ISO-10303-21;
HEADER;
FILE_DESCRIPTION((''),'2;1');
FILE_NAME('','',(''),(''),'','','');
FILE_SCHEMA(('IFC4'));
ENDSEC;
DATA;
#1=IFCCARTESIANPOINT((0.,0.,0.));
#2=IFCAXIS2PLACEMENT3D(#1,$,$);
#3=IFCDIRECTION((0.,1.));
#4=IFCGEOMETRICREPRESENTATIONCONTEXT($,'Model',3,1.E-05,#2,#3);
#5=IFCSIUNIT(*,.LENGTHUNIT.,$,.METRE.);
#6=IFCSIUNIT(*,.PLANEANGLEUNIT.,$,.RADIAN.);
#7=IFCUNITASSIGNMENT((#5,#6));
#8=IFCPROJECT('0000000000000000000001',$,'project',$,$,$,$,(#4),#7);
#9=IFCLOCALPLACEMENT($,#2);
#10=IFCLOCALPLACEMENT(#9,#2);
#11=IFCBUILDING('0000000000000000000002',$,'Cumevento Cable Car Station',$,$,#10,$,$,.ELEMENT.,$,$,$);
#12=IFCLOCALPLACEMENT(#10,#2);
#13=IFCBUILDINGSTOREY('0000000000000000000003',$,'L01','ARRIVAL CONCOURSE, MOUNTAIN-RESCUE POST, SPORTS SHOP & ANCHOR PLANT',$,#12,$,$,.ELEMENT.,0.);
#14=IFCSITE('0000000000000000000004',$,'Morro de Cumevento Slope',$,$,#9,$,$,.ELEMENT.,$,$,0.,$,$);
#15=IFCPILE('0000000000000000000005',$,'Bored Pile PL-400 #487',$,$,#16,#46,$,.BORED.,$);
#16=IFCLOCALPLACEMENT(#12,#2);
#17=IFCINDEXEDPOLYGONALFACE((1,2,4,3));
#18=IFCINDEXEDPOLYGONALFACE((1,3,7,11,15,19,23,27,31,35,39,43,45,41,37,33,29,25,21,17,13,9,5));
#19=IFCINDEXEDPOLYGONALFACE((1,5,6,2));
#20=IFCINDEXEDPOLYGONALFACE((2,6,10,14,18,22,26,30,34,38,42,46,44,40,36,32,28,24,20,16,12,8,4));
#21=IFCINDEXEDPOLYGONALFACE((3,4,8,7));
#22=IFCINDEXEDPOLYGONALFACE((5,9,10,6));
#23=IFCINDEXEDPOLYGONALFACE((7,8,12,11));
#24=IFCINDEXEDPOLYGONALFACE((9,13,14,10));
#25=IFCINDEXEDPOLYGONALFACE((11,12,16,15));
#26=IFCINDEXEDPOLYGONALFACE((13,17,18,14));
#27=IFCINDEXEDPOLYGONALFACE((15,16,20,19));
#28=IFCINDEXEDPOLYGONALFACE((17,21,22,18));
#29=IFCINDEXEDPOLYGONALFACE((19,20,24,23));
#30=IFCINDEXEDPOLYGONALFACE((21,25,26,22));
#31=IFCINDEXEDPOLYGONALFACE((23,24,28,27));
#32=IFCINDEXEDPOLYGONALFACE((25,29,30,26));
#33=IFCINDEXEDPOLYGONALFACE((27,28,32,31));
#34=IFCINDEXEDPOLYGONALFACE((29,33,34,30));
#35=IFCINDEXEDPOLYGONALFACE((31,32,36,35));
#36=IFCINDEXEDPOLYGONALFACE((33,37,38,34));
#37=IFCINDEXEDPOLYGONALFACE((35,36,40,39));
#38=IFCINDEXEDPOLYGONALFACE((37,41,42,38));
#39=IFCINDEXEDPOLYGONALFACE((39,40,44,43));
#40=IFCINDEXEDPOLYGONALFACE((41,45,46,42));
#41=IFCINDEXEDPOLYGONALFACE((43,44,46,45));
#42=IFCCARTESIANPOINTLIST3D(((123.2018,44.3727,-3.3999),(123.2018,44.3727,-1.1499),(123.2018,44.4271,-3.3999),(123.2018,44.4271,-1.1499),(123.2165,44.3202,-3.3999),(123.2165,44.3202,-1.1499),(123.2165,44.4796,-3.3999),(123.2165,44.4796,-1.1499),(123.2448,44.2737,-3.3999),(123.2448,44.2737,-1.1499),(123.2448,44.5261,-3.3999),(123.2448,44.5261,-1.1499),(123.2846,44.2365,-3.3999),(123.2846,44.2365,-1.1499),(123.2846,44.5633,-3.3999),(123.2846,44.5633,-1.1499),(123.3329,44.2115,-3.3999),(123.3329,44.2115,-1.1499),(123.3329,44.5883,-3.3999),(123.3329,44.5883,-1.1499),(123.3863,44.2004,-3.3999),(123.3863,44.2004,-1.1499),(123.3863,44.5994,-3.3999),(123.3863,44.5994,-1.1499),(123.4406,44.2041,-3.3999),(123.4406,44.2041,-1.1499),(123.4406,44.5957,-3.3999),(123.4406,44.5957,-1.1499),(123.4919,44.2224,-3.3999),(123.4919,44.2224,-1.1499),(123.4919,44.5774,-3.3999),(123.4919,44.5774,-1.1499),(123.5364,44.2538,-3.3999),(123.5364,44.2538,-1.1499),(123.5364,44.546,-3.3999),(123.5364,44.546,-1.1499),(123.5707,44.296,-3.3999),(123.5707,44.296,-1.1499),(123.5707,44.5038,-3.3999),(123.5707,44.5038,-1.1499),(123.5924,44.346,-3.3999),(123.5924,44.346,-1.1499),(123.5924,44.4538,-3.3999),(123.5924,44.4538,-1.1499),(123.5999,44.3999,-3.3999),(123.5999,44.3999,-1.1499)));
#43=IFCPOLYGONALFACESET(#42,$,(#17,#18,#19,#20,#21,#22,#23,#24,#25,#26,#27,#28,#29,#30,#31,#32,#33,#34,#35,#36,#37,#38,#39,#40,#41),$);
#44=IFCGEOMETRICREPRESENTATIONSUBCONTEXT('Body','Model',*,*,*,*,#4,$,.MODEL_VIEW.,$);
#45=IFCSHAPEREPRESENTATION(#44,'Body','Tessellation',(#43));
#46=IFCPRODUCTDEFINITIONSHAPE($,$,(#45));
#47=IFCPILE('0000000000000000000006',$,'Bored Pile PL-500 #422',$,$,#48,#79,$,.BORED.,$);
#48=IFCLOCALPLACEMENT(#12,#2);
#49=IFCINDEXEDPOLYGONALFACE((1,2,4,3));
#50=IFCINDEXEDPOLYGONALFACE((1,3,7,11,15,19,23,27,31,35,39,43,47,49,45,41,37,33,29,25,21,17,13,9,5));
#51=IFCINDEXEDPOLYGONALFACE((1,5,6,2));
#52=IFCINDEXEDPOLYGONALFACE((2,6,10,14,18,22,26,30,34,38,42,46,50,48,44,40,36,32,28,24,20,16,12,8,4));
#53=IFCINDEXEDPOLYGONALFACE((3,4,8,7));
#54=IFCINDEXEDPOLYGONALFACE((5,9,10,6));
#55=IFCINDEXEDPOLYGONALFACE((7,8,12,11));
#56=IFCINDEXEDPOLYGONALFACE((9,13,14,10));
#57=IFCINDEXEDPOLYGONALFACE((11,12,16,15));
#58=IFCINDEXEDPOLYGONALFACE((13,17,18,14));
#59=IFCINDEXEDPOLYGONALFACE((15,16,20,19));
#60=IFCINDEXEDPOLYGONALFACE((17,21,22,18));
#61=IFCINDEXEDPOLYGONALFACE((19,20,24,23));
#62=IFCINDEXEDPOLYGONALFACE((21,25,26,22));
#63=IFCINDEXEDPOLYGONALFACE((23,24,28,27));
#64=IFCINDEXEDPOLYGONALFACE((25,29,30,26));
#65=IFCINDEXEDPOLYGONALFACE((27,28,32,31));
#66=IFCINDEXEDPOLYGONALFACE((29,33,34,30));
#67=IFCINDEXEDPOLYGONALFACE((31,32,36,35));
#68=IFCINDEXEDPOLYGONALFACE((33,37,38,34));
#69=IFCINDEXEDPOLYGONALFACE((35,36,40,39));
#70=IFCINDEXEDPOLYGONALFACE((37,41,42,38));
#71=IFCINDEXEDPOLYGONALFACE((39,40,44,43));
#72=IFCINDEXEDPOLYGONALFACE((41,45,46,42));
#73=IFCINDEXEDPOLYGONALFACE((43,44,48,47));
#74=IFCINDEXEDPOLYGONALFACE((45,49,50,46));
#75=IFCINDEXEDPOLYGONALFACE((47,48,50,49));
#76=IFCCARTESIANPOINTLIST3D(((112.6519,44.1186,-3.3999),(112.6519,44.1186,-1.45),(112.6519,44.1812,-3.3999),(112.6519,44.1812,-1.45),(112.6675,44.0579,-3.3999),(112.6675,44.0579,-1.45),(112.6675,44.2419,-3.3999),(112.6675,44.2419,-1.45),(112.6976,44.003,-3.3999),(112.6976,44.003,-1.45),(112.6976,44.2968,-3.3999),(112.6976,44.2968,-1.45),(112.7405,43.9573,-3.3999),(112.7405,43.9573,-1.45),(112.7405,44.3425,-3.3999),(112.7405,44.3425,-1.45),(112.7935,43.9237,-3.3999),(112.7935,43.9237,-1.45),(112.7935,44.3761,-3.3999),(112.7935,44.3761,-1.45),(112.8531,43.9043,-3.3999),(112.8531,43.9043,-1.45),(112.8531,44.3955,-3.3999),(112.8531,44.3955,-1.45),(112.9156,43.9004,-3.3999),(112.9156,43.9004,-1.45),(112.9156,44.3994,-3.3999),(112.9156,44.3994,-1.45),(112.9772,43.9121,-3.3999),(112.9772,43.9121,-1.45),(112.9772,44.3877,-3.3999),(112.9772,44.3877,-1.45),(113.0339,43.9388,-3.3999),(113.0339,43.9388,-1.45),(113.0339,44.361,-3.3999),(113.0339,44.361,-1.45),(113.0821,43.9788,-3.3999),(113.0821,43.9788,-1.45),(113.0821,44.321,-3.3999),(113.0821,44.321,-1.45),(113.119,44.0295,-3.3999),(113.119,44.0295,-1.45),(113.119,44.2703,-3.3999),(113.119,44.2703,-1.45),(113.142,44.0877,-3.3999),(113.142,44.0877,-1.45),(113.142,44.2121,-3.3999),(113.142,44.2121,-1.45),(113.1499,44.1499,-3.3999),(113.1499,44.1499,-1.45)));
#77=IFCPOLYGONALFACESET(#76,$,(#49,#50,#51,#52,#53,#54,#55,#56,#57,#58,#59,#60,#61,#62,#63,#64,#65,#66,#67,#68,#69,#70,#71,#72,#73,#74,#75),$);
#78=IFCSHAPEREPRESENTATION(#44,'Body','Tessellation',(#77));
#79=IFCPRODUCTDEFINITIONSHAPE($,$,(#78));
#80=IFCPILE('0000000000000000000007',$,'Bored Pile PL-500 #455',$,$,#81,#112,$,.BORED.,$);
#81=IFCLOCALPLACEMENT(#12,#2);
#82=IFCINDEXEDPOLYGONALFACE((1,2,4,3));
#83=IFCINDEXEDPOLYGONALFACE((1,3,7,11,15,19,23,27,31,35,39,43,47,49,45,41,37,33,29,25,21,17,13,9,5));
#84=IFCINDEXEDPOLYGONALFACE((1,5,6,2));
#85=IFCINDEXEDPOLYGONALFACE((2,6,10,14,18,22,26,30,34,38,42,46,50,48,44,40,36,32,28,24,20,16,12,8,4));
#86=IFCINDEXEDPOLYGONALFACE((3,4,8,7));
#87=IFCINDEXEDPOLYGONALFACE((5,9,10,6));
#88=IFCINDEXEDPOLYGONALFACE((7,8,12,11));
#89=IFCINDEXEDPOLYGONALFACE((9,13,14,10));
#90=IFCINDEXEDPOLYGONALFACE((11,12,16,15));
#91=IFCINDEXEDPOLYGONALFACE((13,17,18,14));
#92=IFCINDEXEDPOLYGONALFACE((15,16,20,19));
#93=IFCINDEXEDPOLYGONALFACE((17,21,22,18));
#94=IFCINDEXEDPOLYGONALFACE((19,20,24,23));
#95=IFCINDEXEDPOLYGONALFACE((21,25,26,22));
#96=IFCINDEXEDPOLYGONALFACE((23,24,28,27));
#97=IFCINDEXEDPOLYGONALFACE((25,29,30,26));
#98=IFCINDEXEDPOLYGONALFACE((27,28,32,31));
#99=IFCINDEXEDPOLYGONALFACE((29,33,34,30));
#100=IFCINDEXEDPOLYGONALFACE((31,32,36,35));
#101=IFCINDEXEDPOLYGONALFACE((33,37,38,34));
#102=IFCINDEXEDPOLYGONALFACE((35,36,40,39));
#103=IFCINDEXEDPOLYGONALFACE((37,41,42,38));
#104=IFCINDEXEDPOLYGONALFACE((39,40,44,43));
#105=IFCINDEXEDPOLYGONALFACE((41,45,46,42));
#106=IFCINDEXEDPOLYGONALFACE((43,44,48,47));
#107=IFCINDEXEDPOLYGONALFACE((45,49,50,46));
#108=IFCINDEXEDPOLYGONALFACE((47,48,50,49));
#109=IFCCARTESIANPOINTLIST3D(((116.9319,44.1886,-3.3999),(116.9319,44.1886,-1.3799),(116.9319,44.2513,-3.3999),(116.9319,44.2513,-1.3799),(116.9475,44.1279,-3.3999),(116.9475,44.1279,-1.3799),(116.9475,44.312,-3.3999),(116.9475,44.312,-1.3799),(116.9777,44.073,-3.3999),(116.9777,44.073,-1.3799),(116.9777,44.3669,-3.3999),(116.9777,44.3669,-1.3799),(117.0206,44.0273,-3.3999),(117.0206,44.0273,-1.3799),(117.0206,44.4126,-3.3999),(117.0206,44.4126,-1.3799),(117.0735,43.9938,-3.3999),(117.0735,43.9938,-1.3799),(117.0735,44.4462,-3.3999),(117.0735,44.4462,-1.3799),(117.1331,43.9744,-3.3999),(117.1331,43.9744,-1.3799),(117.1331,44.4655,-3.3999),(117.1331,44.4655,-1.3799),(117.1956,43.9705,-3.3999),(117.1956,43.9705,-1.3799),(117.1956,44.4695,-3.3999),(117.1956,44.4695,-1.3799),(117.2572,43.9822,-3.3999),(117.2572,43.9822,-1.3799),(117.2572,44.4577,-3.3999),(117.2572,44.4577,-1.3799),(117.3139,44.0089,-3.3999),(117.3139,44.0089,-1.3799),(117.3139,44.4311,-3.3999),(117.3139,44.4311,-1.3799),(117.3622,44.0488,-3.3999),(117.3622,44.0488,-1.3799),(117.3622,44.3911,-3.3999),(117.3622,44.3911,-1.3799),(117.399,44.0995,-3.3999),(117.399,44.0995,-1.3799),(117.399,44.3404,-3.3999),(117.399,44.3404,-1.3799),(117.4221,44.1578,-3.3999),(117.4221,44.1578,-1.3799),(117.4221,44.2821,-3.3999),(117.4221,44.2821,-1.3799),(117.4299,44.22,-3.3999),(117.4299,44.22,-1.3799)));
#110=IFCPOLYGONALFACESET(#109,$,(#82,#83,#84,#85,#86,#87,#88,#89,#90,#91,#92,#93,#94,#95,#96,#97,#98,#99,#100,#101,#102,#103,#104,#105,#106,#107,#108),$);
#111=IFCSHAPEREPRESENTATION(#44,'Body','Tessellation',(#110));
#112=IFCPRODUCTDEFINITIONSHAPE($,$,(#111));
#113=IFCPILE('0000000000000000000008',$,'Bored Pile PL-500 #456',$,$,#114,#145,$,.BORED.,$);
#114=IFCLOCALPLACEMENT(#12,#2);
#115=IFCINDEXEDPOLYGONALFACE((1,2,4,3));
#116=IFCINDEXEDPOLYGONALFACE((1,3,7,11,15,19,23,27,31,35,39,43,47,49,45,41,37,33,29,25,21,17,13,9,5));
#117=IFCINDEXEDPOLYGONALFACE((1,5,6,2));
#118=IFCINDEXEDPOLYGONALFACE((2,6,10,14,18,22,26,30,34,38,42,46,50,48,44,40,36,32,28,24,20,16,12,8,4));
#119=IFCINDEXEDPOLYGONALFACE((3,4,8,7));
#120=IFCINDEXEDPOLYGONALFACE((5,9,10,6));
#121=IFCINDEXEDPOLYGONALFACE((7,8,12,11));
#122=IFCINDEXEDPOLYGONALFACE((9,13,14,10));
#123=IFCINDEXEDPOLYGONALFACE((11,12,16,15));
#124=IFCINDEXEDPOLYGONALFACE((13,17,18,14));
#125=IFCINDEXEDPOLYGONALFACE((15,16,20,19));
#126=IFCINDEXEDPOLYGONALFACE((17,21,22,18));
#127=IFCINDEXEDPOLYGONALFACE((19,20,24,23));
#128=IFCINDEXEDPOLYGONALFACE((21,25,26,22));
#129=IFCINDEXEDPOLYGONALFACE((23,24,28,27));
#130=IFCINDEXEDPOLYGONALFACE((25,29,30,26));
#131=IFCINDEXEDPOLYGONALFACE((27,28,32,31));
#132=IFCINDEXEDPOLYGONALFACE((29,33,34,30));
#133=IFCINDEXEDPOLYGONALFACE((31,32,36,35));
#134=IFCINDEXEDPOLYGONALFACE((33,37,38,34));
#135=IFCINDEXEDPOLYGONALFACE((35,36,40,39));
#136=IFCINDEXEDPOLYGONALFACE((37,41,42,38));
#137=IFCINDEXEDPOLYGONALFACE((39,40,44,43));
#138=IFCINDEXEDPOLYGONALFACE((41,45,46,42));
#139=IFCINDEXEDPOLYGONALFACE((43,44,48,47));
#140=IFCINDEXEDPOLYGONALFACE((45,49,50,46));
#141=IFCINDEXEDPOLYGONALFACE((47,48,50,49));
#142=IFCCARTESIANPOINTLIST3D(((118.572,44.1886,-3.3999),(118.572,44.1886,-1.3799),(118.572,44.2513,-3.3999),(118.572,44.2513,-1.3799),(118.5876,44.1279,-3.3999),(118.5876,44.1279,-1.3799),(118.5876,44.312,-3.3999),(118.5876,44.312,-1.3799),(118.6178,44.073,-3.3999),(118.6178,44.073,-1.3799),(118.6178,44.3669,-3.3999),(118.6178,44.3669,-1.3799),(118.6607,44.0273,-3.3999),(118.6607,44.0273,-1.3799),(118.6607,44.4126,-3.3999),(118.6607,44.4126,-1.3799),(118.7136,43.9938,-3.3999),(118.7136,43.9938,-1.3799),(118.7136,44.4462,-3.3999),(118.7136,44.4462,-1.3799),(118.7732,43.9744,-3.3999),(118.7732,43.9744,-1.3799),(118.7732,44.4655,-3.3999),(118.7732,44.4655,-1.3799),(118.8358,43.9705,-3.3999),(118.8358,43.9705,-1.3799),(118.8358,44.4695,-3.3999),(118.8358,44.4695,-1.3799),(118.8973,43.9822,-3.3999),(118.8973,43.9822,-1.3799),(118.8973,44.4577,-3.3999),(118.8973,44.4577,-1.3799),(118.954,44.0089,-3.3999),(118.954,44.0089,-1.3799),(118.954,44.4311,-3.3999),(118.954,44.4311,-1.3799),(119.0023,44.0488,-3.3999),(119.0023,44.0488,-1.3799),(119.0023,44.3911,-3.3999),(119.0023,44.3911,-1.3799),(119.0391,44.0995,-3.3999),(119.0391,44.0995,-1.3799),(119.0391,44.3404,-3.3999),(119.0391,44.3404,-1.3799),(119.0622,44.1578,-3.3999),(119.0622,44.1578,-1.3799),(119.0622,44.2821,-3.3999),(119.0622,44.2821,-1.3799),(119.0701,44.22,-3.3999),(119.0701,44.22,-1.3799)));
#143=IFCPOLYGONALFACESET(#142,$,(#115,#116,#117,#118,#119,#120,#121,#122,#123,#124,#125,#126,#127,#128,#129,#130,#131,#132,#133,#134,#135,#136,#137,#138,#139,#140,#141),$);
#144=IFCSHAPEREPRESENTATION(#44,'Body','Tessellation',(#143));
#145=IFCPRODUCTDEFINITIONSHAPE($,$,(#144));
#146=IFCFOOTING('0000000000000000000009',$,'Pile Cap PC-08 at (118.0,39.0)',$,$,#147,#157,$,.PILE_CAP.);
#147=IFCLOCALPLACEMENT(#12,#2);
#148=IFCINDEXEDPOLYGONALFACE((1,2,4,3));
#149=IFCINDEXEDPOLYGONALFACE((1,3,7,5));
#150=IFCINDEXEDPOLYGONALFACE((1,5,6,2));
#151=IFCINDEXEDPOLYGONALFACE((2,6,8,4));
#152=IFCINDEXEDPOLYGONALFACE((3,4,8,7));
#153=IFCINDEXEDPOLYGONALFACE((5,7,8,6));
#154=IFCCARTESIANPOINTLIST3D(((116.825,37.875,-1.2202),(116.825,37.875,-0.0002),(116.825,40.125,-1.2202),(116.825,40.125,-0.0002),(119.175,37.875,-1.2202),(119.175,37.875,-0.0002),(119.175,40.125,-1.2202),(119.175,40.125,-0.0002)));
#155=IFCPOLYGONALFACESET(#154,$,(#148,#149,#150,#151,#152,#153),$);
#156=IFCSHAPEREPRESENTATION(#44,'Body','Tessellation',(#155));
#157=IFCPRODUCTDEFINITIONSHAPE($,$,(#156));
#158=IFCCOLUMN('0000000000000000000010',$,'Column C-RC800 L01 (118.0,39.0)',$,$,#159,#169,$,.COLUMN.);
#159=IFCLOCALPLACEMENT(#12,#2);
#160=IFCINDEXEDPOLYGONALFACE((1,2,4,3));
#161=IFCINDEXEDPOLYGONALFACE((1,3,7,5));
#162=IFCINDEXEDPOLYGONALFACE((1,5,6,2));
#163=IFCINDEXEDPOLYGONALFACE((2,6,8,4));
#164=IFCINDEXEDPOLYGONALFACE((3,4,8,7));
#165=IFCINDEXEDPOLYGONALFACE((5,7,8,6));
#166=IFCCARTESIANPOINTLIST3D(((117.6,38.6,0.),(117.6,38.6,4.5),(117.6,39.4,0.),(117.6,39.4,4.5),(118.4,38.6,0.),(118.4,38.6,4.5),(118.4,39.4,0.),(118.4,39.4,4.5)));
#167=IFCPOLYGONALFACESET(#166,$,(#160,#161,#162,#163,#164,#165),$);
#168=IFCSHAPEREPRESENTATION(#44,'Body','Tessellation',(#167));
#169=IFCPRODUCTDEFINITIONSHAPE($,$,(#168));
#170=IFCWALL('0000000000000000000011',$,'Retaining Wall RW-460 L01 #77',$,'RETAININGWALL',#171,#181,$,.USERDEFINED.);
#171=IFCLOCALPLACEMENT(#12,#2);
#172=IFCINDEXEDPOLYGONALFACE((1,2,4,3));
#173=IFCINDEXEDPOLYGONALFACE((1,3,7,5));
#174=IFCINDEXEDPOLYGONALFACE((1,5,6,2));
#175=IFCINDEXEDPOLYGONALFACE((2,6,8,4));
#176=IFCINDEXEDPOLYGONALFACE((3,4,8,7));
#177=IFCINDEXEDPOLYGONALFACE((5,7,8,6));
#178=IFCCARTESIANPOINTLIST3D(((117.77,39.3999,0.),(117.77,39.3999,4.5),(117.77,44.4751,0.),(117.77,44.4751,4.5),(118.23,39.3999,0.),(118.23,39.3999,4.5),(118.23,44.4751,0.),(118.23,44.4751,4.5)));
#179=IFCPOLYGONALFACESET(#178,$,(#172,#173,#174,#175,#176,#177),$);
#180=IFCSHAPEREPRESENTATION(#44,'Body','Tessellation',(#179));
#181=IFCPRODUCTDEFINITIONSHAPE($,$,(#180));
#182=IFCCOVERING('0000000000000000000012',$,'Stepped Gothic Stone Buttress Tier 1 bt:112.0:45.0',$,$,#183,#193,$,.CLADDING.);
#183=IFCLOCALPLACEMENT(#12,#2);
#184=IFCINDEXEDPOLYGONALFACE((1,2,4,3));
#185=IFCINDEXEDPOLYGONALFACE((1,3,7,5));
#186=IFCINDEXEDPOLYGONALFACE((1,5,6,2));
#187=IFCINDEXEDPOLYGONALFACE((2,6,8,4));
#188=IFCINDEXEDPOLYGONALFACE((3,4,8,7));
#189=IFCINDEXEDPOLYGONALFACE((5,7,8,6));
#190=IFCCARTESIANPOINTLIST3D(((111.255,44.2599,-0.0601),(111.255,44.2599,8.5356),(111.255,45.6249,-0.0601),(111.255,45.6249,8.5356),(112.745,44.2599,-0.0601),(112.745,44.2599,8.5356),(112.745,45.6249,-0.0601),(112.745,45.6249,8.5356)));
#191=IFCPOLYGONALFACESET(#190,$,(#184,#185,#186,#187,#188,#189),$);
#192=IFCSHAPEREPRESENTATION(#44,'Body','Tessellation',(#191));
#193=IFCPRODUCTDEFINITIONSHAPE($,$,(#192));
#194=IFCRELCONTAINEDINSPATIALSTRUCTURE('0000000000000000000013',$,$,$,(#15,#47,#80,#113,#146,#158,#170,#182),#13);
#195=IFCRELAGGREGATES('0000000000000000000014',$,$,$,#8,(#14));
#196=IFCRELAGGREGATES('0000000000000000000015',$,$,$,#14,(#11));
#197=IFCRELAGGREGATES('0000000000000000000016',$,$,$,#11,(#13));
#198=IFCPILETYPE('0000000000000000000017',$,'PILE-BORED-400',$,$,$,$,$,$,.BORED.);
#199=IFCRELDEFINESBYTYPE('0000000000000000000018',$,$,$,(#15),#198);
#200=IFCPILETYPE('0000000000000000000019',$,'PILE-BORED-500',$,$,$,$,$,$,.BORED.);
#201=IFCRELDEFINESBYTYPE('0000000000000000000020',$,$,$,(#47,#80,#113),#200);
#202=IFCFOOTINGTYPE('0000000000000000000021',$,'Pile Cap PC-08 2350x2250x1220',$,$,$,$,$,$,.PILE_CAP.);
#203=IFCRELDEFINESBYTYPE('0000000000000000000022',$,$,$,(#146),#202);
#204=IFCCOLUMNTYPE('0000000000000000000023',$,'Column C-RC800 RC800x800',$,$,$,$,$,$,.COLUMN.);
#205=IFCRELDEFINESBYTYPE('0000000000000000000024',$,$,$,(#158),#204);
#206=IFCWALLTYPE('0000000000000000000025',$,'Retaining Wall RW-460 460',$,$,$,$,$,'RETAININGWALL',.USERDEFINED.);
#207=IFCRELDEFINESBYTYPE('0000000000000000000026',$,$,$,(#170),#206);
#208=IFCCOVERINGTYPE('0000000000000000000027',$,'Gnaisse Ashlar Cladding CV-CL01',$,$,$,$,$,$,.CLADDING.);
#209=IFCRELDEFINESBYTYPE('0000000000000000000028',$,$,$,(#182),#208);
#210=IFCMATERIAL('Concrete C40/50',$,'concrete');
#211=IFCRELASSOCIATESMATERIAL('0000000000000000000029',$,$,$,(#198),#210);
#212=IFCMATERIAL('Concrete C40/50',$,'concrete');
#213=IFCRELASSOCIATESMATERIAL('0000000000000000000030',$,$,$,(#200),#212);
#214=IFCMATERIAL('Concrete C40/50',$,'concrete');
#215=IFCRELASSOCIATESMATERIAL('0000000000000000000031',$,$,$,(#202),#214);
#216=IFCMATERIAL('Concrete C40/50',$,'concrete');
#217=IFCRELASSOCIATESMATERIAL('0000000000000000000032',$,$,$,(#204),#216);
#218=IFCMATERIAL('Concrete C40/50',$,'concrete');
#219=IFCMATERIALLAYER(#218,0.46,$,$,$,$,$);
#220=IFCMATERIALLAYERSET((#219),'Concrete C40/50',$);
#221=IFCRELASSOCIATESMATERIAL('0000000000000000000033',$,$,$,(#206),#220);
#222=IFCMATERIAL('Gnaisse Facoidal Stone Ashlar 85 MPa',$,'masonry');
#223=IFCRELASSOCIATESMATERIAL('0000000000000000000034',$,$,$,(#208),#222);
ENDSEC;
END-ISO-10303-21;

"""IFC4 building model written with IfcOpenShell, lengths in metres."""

from ifc_helpers import new_model, si_unit, direction, frame, frame_2d, origin, origin_2d, place, context, subcontext, project, spatial, rectangle, circle, extrude, material, layer, layer_set, material_profile, profile_set, type_object, element, save


model = new_model("IFC4")

# Units and contexts
model_context = context("Model", 3, precision=1e-05, world=origin(), true_north=direction((0.0, 1.0)))
body_context = subcontext(model_context, "Body", "Model", "MODEL_VIEW")
ifc_project = project(units=[si_unit("LENGTHUNIT", "METRE"), si_unit("PLANEANGLEUNIT", "RADIAN")], contexts=[model_context])

# Site, building, storey
site_placement = place(None, origin())
site = spatial("IfcSite", under=ifc_project, at=site_placement, Name="Morro de Cumevento Slope", CompositionType="ELEMENT", RefElevation=0.0)
building_placement = place(site_placement, origin())
building = spatial("IfcBuilding", under=site, at=building_placement, Name="Cumevento Cable Car Station", CompositionType="ELEMENT")
storey_placement = place(building_placement, origin())
storey = spatial("IfcBuildingStorey", under=building, at=storey_placement, Name="L01", Description="ARRIVAL CONCOURSE, MOUNTAIN-RESCUE POST, SPORTS SHOP & ANCHOR PLANT", CompositionType="ELEMENT", Elevation=0.0)

# Piles
ifc_material_1 = material(Name="Concrete C40/50", Category="concrete")
ifc_material_profile_1 = material_profile(ifc_material_1, circle(Radius=0.2, at=origin_2d()), Name="PILE-D400")
ifc_profile_set_1 = profile_set([ifc_material_profile_1], Name="Concrete C40/50")
pile_type_1 = type_object("IfcPileType", Name="PILE-BORED-400", PredefinedType="BORED", material=ifc_profile_set_1)
pile_1_placement = place(storey_placement, frame((123.3999, 44.3999, -1.1499), z_axis=(0.0, 0.0, -1.0), x_axis=(1.0, 0.0, 0.0)))
element("IfcPile", 1, at=pile_1_placement, inside=storey, type_object=pile_type_1, Name="Bored Pile PL-400 #487", PredefinedType="BORED", context=body_context, shape_type="SweptSolid", body=[
    extrude(circle(Radius=0.2, at=origin_2d()), origin(), (0.0, 0.0, 1.0), 2.25),
])
ifc_material_2 = material(Name="Concrete C40/50", Category="concrete")
ifc_material_profile_2 = material_profile(ifc_material_2, circle(Radius=0.25, at=origin_2d()), Name="PILE-D500")
ifc_profile_set_2 = profile_set([ifc_material_profile_2], Name="Concrete C40/50")
pile_type_2 = type_object("IfcPileType", Name="PILE-BORED-500", PredefinedType="BORED", material=ifc_profile_set_2)
pile_2_placement = place(storey_placement, frame((112.8999, 44.1499, -1.45), z_axis=(0.0, 0.0, -1.0), x_axis=(1.0, 0.0, 0.0)))
element("IfcPile", 2, at=pile_2_placement, inside=storey, type_object=pile_type_2, Name="Bored Pile PL-500 #422", PredefinedType="BORED", context=body_context, shape_type="SweptSolid", body=[
    extrude(circle(Radius=0.25, at=origin_2d()), origin(), (0.0, 0.0, 1.0), 1.95),
])
for number, where, z_axis, x_axis, name in (
    (3, (117.1799, 44.22, -1.3799), (0.0, 0.0, -1.0), (1.0, 0.0, 0.0), "Bored Pile PL-500 #455"),
    (4, (118.8201, 44.22, -1.3799), (0.0, 0.0, -1.0), (1.0, 0.0, 0.0), "Bored Pile PL-500 #456"),
):
    element("IfcPile", number, at=place(storey_placement, frame(where, z_axis=z_axis, x_axis=x_axis)), inside=storey, type_object=pile_type_2, Name=name, PredefinedType="BORED", context=body_context, shape_type="SweptSolid", body=[
        extrude(circle(Radius=0.25, at=origin_2d()), origin(), (0.0, 0.0, 1.0), 2.02),
    ])

# Footing
ifc_material_3 = material(Name="Concrete C40/50", Category="concrete")
footing_type = type_object("IfcFootingType", Name="Pile Cap PC-08 2350x2250x1220", PredefinedType="PILE_CAP", material=ifc_material_3)
footing_placement = place(storey_placement, frame((118.0, 39.0, -1.2202), z_axis=(0.0, 0.0, 1.0), x_axis=(1.0, 0.0, 0.0)))
element("IfcFooting", 5, at=footing_placement, inside=storey, type_object=footing_type, Name="Pile Cap PC-08 at (118.0,39.0)", PredefinedType="PILE_CAP", context=body_context, shape_type="SweptSolid", body=[
    extrude(rectangle(XDim=2.3501, YDim=2.25, at=origin_2d()), origin(), (0.0, 0.0, 1.0), 1.22),
])

# Column
ifc_material_4 = material(Name="Concrete C40/50", Category="concrete")
ifc_material_profile_3 = material_profile(ifc_material_4, rectangle(XDim=0.8, YDim=0.8, at=origin_2d()), Name="RC800x800")
ifc_profile_set_3 = profile_set([ifc_material_profile_3], Name="Concrete C40/50")
column_type = type_object("IfcColumnType", Name="Column C-RC800 RC800x800", PredefinedType="COLUMN", material=ifc_profile_set_3)
column_placement = place(storey_placement, frame((118.0, 39.0, 0.0), z_axis=(0.0, 0.0, 1.0), x_axis=(1.0, 0.0, 0.0)))
element("IfcColumn", 6, at=column_placement, inside=storey, type_object=column_type, Name="Column C-RC800 L01 (118.0,39.0)", PredefinedType="COLUMN", context=body_context, shape_type="SweptSolid", body=[
    extrude(rectangle(XDim=0.8, YDim=0.8, at=origin_2d()), origin(), (0.0, 0.0, 1.0), 4.5),
])

# Wall
ifc_material_5 = material(Name="Concrete C40/50", Category="concrete")
ifc_layer = layer(ifc_material_5, 0.46)
ifc_layer_set = layer_set([ifc_layer], Name="Concrete C40/50")
wall_type = type_object("IfcWallType", Name="Retaining Wall RW-460 460", ElementType="RETAININGWALL", PredefinedType="USERDEFINED", material=ifc_layer_set)
wall_placement = place(storey_placement, frame((118.0, 39.3999, 0.0), z_axis=(0.0, 0.0, 1.0), x_axis=(0.0, 1.0, 0.0)))
element("IfcWall", 7, at=wall_placement, inside=storey, type_object=wall_type, Name="Retaining Wall RW-460 L01 #77", ObjectType="RETAININGWALL", PredefinedType="USERDEFINED", context=body_context, shape_type="SweptSolid", body=[
    extrude(rectangle(XDim=5.0752, YDim=0.46, at=frame_2d((2.5376, 0.0))), origin(), (0.0, 0.0, 1.0), 4.5),
])

# Covering
ifc_material_6 = material(Name="Gnaisse Facoidal Stone Ashlar 85 MPa", Category="masonry")
covering_type = type_object("IfcCoveringType", Name="Gnaisse Ashlar Cladding CV-CL01", PredefinedType="CLADDING", material=ifc_material_6)
covering_1_placement = place(storey_placement, frame((112.0, 44.9424, -0.0601), z_axis=(0.0, 0.0, 1.0), x_axis=(1.0, 0.0, 0.0)))
element("IfcCovering", 8, at=covering_1_placement, inside=storey, type_object=covering_type, Name="Stepped Gothic Stone Buttress Tier 1 bt:112.0:45.0", PredefinedType="CLADDING", context=body_context, shape_type="SweptSolid", body=[
    extrude(rectangle(XDim=1.49, YDim=1.365, at=origin_2d()), origin(), (0.0, 0.0, 1.0), 8.5957),
])

save(model, "model.ifc")
